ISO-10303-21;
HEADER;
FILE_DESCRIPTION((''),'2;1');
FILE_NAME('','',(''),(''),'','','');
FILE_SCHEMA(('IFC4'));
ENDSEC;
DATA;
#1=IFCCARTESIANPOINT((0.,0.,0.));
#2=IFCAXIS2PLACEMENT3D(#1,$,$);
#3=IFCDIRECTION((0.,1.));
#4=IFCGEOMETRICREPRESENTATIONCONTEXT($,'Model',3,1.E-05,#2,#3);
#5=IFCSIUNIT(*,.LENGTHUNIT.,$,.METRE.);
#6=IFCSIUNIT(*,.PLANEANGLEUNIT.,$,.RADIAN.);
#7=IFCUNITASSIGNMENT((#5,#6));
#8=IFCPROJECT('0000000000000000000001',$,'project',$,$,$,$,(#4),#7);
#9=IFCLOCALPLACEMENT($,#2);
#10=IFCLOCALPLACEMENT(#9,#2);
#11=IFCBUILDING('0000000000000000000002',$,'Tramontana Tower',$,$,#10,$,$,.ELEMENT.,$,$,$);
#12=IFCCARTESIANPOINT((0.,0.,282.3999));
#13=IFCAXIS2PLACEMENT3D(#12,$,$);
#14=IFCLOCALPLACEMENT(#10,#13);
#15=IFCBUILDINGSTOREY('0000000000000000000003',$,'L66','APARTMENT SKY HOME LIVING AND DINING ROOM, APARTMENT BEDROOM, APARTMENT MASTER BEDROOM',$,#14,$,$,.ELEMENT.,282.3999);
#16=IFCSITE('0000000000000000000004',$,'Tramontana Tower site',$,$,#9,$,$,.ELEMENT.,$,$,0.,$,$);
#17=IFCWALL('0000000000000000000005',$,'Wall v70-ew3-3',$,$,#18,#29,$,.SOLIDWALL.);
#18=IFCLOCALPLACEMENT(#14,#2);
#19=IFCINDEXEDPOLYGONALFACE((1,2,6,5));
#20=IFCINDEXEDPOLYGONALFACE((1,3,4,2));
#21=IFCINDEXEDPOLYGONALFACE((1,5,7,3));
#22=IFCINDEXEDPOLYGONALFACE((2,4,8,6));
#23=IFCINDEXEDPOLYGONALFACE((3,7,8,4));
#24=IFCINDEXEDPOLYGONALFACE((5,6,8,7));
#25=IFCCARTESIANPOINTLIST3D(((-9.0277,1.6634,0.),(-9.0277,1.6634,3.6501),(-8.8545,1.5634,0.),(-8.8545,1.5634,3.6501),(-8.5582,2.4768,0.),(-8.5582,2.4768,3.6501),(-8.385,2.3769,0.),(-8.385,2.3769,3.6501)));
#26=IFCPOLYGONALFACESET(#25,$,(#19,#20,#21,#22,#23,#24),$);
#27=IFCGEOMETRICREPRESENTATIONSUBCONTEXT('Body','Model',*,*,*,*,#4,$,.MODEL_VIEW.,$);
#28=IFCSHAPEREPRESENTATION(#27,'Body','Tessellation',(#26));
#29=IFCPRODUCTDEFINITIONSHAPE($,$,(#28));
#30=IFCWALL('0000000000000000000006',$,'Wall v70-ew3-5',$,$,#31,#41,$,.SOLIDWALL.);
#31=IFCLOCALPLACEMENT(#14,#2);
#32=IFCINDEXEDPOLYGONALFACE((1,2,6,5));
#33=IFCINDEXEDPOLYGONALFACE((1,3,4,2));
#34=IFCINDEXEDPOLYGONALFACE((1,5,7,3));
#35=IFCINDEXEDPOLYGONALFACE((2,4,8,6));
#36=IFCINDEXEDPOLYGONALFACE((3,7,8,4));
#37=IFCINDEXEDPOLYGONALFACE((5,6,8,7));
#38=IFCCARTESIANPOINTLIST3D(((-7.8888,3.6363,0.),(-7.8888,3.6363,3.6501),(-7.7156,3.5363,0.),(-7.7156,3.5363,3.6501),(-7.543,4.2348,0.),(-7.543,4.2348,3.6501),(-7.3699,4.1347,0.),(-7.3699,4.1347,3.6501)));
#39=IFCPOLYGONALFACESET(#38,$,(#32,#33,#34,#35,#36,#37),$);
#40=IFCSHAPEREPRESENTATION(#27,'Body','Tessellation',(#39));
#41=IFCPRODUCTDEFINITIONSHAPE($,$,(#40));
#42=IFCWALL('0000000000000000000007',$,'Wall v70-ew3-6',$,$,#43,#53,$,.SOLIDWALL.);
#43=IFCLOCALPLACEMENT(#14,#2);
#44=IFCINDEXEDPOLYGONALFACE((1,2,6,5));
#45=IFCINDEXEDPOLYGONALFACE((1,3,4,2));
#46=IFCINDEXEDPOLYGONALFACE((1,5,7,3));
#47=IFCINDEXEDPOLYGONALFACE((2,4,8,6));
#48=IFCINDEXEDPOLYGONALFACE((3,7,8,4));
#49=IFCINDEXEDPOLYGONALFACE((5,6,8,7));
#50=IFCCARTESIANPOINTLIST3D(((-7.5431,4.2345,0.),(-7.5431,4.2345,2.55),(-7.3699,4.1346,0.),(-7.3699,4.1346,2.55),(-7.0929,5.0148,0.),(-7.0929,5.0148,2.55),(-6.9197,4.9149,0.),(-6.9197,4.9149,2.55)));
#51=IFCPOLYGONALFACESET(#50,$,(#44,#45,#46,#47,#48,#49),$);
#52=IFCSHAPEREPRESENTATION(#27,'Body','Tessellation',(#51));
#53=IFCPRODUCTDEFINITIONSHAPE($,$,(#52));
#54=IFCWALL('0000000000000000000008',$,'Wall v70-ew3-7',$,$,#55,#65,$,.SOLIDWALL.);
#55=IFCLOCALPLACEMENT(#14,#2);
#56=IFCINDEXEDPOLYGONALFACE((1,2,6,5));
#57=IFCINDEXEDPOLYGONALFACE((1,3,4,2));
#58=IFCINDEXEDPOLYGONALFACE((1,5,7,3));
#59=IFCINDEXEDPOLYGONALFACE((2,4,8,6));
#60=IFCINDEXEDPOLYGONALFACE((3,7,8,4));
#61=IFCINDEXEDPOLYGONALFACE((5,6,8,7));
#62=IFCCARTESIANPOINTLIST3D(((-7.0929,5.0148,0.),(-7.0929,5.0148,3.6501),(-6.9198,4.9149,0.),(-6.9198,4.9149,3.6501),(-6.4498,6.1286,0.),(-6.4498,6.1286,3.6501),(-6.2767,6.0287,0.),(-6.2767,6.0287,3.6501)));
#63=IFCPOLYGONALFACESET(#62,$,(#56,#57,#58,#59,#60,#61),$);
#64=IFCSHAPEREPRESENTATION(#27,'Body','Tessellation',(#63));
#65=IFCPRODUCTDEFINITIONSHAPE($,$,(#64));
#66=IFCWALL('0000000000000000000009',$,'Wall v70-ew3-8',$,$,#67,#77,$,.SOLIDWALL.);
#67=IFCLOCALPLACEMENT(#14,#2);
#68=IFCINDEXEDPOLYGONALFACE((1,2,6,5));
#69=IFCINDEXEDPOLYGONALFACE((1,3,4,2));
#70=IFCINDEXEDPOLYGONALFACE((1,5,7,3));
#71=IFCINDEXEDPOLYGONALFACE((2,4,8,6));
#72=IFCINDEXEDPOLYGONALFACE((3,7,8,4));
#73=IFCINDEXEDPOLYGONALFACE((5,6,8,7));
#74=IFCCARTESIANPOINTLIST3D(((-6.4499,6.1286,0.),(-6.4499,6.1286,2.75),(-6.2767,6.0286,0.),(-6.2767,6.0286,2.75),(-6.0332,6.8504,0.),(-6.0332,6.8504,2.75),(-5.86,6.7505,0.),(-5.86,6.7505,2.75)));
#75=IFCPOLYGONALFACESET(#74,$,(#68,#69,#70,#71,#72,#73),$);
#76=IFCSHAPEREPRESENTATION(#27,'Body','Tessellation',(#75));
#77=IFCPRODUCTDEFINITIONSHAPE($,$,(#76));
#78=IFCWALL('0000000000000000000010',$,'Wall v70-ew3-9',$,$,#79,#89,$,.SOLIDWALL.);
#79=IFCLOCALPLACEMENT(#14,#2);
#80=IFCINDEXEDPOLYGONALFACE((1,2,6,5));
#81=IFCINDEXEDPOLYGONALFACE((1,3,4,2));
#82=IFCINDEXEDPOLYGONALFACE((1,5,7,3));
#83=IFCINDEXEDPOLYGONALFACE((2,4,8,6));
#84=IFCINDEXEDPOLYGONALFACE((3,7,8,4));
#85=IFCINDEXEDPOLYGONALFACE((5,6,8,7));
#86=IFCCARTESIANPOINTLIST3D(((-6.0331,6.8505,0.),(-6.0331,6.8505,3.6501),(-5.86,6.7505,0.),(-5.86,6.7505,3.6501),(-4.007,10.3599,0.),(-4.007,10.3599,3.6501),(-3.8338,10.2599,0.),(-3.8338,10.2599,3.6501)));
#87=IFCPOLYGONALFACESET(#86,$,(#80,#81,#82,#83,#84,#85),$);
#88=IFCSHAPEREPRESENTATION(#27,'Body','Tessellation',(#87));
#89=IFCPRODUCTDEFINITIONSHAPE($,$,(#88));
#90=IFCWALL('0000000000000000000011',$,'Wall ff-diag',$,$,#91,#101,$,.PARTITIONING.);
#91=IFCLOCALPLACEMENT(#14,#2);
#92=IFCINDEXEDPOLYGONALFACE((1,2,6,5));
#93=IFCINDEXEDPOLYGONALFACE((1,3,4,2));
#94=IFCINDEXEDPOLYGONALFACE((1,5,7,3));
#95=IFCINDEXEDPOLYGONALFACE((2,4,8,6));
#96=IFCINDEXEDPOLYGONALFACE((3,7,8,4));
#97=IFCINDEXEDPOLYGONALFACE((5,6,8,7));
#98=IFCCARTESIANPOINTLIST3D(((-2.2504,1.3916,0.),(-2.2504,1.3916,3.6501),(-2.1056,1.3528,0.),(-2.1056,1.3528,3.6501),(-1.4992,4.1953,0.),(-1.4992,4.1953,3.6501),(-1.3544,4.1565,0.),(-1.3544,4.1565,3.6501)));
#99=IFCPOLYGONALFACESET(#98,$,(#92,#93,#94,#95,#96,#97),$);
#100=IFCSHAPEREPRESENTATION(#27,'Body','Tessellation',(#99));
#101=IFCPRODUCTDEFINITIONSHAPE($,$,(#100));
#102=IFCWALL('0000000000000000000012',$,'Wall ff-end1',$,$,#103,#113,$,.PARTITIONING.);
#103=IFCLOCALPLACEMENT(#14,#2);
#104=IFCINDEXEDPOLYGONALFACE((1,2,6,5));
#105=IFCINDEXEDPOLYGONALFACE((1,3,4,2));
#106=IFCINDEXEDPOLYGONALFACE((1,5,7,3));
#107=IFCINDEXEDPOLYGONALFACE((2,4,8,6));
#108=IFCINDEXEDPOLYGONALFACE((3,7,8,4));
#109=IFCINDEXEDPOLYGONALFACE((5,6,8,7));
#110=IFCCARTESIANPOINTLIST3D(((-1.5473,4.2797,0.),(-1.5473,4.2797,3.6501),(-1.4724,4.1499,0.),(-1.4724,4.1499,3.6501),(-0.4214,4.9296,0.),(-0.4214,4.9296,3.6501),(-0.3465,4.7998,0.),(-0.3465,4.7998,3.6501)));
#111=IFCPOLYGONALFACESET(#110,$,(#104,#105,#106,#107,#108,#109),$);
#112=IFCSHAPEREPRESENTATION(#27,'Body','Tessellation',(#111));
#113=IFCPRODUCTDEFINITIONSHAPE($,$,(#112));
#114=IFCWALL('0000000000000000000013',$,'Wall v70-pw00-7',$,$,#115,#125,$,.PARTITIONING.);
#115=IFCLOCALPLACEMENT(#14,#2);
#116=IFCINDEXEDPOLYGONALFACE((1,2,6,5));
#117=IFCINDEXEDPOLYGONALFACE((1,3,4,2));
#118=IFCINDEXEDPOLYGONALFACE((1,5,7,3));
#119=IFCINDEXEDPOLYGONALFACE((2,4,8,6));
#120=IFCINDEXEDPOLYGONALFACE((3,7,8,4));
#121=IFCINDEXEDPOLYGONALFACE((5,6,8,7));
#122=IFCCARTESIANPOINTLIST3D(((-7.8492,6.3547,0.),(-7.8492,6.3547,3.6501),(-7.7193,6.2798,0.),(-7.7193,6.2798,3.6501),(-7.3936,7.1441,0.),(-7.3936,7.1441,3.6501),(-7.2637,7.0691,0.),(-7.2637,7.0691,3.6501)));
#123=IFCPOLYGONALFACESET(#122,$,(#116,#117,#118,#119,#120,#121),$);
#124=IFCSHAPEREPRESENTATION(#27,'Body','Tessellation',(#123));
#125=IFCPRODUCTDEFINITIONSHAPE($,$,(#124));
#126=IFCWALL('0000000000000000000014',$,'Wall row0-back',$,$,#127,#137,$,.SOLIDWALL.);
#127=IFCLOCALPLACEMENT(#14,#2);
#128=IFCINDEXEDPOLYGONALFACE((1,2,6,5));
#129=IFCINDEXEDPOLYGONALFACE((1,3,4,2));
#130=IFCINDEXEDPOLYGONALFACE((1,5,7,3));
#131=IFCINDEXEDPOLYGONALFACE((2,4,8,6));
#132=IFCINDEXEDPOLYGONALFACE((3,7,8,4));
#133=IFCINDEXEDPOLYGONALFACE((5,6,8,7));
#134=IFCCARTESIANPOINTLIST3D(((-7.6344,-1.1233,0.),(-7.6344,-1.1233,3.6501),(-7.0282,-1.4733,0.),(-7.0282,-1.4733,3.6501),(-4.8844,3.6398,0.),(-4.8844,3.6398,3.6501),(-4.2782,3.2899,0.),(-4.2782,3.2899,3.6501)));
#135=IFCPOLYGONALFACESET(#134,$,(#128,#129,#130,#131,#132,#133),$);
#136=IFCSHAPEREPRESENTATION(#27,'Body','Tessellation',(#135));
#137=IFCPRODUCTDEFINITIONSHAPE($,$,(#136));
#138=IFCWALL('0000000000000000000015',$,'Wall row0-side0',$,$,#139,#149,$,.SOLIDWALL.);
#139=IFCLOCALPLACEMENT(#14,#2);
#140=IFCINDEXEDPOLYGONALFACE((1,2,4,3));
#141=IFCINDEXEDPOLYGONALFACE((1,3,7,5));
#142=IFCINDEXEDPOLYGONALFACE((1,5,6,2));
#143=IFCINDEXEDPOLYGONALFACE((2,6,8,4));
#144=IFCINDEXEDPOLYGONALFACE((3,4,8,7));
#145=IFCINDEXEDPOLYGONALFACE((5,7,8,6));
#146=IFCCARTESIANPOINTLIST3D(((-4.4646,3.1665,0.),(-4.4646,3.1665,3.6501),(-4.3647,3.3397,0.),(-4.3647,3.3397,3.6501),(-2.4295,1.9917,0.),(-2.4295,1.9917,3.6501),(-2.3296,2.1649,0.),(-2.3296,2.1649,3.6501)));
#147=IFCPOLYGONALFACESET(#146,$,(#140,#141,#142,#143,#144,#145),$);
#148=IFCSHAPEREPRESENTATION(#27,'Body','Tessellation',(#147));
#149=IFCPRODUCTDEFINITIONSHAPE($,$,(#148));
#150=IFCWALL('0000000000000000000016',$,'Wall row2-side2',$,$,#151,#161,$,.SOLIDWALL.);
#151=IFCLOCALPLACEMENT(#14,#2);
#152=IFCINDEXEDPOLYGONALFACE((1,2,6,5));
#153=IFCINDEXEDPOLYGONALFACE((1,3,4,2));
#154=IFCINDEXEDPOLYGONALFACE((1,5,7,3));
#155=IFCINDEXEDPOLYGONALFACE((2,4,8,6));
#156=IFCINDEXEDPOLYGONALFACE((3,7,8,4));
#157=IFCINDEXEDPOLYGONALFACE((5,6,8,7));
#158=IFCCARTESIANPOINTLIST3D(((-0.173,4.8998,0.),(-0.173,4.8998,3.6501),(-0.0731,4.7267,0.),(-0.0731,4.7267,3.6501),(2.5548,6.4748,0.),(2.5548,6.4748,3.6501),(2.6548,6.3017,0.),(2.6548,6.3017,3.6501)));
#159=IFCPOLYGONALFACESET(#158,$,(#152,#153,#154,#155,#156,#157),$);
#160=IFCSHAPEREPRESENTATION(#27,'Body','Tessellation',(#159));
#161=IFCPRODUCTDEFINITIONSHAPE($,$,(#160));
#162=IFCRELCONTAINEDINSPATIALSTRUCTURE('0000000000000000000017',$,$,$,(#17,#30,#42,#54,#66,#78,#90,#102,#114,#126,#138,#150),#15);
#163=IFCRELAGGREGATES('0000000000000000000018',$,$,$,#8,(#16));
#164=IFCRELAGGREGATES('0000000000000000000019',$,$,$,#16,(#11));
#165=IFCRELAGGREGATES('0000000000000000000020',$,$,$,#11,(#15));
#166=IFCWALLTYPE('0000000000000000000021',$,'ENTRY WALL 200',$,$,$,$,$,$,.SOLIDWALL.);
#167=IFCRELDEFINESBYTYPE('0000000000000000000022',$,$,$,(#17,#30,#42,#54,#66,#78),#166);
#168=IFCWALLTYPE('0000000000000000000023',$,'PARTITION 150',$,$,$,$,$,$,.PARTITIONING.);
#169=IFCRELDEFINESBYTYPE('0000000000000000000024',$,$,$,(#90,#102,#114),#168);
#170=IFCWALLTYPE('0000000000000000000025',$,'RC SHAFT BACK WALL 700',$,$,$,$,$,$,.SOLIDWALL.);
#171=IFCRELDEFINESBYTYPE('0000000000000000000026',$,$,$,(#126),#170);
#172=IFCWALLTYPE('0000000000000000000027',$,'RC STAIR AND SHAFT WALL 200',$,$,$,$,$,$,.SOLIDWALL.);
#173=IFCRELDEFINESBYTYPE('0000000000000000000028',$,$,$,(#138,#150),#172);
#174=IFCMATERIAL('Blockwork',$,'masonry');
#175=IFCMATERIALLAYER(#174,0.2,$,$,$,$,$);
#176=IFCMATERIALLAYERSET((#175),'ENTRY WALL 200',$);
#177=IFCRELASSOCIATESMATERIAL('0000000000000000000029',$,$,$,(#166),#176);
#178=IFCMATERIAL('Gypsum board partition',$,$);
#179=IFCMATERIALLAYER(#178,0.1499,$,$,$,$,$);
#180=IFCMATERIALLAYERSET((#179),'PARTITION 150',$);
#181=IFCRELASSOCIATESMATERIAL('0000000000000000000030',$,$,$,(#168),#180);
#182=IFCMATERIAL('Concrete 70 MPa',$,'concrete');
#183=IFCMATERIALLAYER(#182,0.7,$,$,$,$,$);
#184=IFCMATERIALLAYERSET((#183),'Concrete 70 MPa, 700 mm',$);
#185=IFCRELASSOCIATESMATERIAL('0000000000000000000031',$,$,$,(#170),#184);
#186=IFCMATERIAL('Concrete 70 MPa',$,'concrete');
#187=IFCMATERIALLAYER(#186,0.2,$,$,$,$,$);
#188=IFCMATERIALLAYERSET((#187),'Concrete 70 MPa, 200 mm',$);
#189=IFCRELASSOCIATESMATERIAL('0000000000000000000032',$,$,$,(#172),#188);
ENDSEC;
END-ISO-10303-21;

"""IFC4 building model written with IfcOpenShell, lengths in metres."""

from ifc_helpers import new_model, si_unit, direction, frame, frame_2d, origin, place, context, subcontext, project, spatial, rectangle, extrude, material, layer, layer_set, type_object, element, save


model = new_model("IFC4")

# Units and contexts
model_context = context("Model", 3, precision=1e-05, world=origin(), true_north=direction((0.0, 1.0)))
body_context = subcontext(model_context, "Body", "Model", "MODEL_VIEW")
ifc_project = project(units=[si_unit("LENGTHUNIT", "METRE"), si_unit("PLANEANGLEUNIT", "RADIAN")], contexts=[model_context])

# Site, building, storey
site_placement = place(None, origin())
site = spatial("IfcSite", under=ifc_project, at=site_placement, Name="Tramontana Tower site", CompositionType="ELEMENT", RefElevation=0.0)
building_placement = place(site_placement, origin())
building = spatial("IfcBuilding", under=site, at=building_placement, Name="Tramontana Tower", CompositionType="ELEMENT")
storey_placement = place(building_placement, frame((0.0, 0.0, 282.3999)))
storey = spatial("IfcBuildingStorey", under=building, at=storey_placement, Name="L66", Description="APARTMENT SKY HOME LIVING AND DINING ROOM, APARTMENT BEDROOM, APARTMENT MASTER BEDROOM", CompositionType="ELEMENT", Elevation=282.3999)

# Wall
ifc_material_1 = material(Name="Blockwork", Category="masonry")
ifc_layer_1 = layer(ifc_material_1, 0.2)
ifc_layer_set_1 = layer_set([ifc_layer_1], Name="ENTRY WALL 200")
wall_type_1 = type_object("IfcWallType", Name="ENTRY WALL 200", PredefinedType="SOLIDWALL", material=ifc_layer_set_1)
wall_1_placement = place(storey_placement, frame((-8.9412, 1.6133, 0.0), z_axis=(0.0, 0.0, 1.0), x_axis=(0.499857, 0.866108, 0.0)))
element("IfcWall", 1, at=wall_1_placement, inside=storey, type_object=wall_type_1, Name="Wall v70-ew3-3", PredefinedType="SOLIDWALL", context=body_context, shape_type="SweptSolid", body=[
    extrude(rectangle(XDim=0.9392, YDim=0.2, at=frame_2d((0.4697, 0.0))), origin(), (0.0, 0.0, 1.0), 3.6501),
])

# Walls
wall_2_placement = place(storey_placement, frame((-7.8022, 3.5862, 0.0), z_axis=(0.0, 0.0, 1.0), x_axis=(0.500242, 0.865885, 0.0)))
element("IfcWall", 2, at=wall_2_placement, inside=storey, type_object=wall_type_1, Name="Wall v70-ew3-5", PredefinedType="SOLIDWALL", context=body_context, shape_type="SweptSolid", body=[
    extrude(rectangle(XDim=0.6912, YDim=0.2, at=frame_2d((0.3457, 0.0))), origin(), (0.0, 0.0, 1.0), 3.6501),
])
wall_3_placement = place(storey_placement, frame((-7.4565, 4.1846, 0.0), z_axis=(0.0, 0.0, 1.0), x_axis=(0.499754, 0.866168, 0.0)))
element("IfcWall", 3, at=wall_3_placement, inside=storey, type_object=wall_type_1, Name="Wall v70-ew3-6", PredefinedType="SOLIDWALL", context=body_context, shape_type="SweptSolid", body=[
    extrude(rectangle(XDim=0.9009, YDim=0.2, at=frame_2d((0.4504, 0.0))), origin(), (0.0, 0.0, 1.0), 2.55),
])
wall_4_placement = place(storey_placement, frame((-7.0063, 4.9648, 0.0), z_axis=(0.0, 0.0, 1.0), x_axis=(0.500018, 0.866015, 0.0)))
element("IfcWall", 4, at=wall_4_placement, inside=storey, type_object=wall_type_1, Name="Wall v70-ew3-7", PredefinedType="SOLIDWALL", context=body_context, shape_type="SweptSolid", body=[
    extrude(rectangle(XDim=1.2861, YDim=0.2, at=frame_2d((0.6431, 0.0))), origin(), (0.0, 0.0, 1.0), 3.6501),
])
wall_5_placement = place(storey_placement, frame((-6.3633, 6.0786, 0.0), z_axis=(0.0, 0.0, 1.0), x_axis=(0.499951, 0.866054, 0.0)))
element("IfcWall", 5, at=wall_5_placement, inside=storey, type_object=wall_type_1, Name="Wall v70-ew3-8", PredefinedType="SOLIDWALL", context=body_context, shape_type="SweptSolid", body=[
    extrude(rectangle(XDim=0.8335, YDim=0.2, at=frame_2d((0.4167, 0.0))), origin(), (0.0, 0.0, 1.0), 2.75),
])
wall_6_placement = place(storey_placement, frame((-5.9465, 6.8005, 0.0), z_axis=(0.0, 0.0, 1.0), x_axis=(0.500008, 0.866021, 0.0)))
element("IfcWall", 6, at=wall_6_placement, inside=storey, type_object=wall_type_1, Name="Wall v70-ew3-9", PredefinedType="SOLIDWALL", context=body_context, shape_type="SweptSolid", body=[
    extrude(rectangle(XDim=4.0522, YDim=0.2, at=frame_2d((2.0261, 0.0))), origin(), (0.0, 0.0, 1.0), 3.6501),
])
ifc_material_2 = material(Name="Gypsum board partition")
ifc_layer_2 = layer(ifc_material_2, 0.1499)
ifc_layer_set_2 = layer_set([ifc_layer_2], Name="PARTITION 150")
wall_type_2 = type_object("IfcWallType", Name="PARTITION 150", PredefinedType="PARTITIONING", material=ifc_layer_set_2)
wall_7_placement = place(storey_placement, frame((-2.178, 1.3723, 0.0), z_axis=(0.0, 0.0, 1.0), x_axis=(0.258809, 0.965929, 0.0)))
element("IfcWall", 7, at=wall_7_placement, inside=storey, type_object=wall_type_2, Name="Wall ff-diag", PredefinedType="PARTITIONING", context=body_context, shape_type="SweptSolid", body=[
    extrude(rectangle(XDim=2.9026, YDim=0.1499, at=frame_2d((1.4512, 0.0))), origin(), (0.0, 0.0, 1.0), 3.6501),
])
wall_8_placement = place(storey_placement, frame((-1.5098, 4.2148, 0.0), z_axis=(0.0, 0.0, 1.0), x_axis=(0.866086, 0.499896, 0.0)))
element("IfcWall", 8, at=wall_8_placement, inside=storey, type_object=wall_type_2, Name="Wall ff-end1", PredefinedType="PARTITIONING", context=body_context, shape_type="SweptSolid", body=[
    extrude(rectangle(XDim=1.3, YDim=0.1499, at=frame_2d((0.6499, 0.0))), origin(), (0.0, 0.0, 1.0), 3.6501),
])

# Walls
wall_9_placement = place(storey_placement, frame((-7.7842, 6.3174, 0.0), z_axis=(0.0, 0.0, 1.0), x_axis=(0.499885, 0.866092, 0.0)))
element("IfcWall", 9, at=wall_9_placement, inside=storey, type_object=wall_type_2, Name="Wall v70-pw00-7", PredefinedType="PARTITIONING", context=body_context, shape_type="SweptSolid", body=[
    extrude(rectangle(XDim=0.9114, YDim=0.1499, at=frame_2d((0.4556, 0.0))), origin(), (0.0, 0.0, 1.0), 3.6501),
])
ifc_material_3 = material(Name="Concrete 70 MPa", Category="concrete")
ifc_layer_3 = layer(ifc_material_3, 0.7)
ifc_layer_set_3 = layer_set([ifc_layer_3], Name="Concrete 70 MPa, 700 mm")
wall_type_3 = type_object("IfcWallType", Name="RC SHAFT BACK WALL 700", PredefinedType="SOLIDWALL", material=ifc_layer_set_3)
wall_10_placement = place(storey_placement, frame((-4.5813, 3.4648, 0.0), z_axis=(0.0, 0.0, 1.0), x_axis=(-0.499997, -0.866027, 0.0)))
element("IfcWall", 10, at=wall_10_placement, inside=storey, type_object=wall_type_3, Name="Wall row0-back", PredefinedType="SOLIDWALL", context=body_context, shape_type="SweptSolid", body=[
    extrude(rectangle(XDim=5.5, YDim=0.7, at=frame_2d((2.75, 0.0))), origin(), (0.0, 0.0, 1.0), 3.6501),
])

# Shared definitions
ifc_material_4 = material(Name="Concrete 70 MPa", Category="concrete")
ifc_layer_4 = layer(ifc_material_4, 0.2)
ifc_layer_set_4 = layer_set([ifc_layer_4], Name="Concrete 70 MPa, 200 mm")
wall_type_4 = type_object("IfcWallType", Name="RC STAIR AND SHAFT WALL 200", PredefinedType="SOLIDWALL", material=ifc_layer_set_4)

# Walls
wall_11_placement = place(storey_placement, frame((-2.3796, 2.0784, 0.0), z_axis=(0.0, 0.0, 1.0), x_axis=(-0.866061, 0.499938, 0.0)))
element("IfcWall", 11, at=wall_11_placement, inside=storey, type_object=wall_type_4, Name="Wall row0-side0", PredefinedType="SOLIDWALL", context=body_context, shape_type="SweptSolid", body=[
    extrude(rectangle(XDim=2.3499, YDim=0.2, at=frame_2d((1.1748, 0.0))), origin(), (0.0, 0.0, 1.0), 3.6501),
])
wall_12_placement = place(storey_placement, frame((-0.123, 4.8132, 0.0), z_axis=(0.0, 0.0, 1.0), x_axis=(0.866016, 0.500015, 0.0)))
element("IfcWall", 12, at=wall_12_placement, inside=storey, type_object=wall_type_4, Name="Wall row2-side2", PredefinedType="SOLIDWALL", context=body_context, shape_type="SweptSolid", body=[
    extrude(rectangle(XDim=3.1499, YDim=0.2, at=frame_2d((1.575, 0.0))), origin(), (0.0, 0.0, 1.0), 3.6501),
])

save(model, "model.ifc")
